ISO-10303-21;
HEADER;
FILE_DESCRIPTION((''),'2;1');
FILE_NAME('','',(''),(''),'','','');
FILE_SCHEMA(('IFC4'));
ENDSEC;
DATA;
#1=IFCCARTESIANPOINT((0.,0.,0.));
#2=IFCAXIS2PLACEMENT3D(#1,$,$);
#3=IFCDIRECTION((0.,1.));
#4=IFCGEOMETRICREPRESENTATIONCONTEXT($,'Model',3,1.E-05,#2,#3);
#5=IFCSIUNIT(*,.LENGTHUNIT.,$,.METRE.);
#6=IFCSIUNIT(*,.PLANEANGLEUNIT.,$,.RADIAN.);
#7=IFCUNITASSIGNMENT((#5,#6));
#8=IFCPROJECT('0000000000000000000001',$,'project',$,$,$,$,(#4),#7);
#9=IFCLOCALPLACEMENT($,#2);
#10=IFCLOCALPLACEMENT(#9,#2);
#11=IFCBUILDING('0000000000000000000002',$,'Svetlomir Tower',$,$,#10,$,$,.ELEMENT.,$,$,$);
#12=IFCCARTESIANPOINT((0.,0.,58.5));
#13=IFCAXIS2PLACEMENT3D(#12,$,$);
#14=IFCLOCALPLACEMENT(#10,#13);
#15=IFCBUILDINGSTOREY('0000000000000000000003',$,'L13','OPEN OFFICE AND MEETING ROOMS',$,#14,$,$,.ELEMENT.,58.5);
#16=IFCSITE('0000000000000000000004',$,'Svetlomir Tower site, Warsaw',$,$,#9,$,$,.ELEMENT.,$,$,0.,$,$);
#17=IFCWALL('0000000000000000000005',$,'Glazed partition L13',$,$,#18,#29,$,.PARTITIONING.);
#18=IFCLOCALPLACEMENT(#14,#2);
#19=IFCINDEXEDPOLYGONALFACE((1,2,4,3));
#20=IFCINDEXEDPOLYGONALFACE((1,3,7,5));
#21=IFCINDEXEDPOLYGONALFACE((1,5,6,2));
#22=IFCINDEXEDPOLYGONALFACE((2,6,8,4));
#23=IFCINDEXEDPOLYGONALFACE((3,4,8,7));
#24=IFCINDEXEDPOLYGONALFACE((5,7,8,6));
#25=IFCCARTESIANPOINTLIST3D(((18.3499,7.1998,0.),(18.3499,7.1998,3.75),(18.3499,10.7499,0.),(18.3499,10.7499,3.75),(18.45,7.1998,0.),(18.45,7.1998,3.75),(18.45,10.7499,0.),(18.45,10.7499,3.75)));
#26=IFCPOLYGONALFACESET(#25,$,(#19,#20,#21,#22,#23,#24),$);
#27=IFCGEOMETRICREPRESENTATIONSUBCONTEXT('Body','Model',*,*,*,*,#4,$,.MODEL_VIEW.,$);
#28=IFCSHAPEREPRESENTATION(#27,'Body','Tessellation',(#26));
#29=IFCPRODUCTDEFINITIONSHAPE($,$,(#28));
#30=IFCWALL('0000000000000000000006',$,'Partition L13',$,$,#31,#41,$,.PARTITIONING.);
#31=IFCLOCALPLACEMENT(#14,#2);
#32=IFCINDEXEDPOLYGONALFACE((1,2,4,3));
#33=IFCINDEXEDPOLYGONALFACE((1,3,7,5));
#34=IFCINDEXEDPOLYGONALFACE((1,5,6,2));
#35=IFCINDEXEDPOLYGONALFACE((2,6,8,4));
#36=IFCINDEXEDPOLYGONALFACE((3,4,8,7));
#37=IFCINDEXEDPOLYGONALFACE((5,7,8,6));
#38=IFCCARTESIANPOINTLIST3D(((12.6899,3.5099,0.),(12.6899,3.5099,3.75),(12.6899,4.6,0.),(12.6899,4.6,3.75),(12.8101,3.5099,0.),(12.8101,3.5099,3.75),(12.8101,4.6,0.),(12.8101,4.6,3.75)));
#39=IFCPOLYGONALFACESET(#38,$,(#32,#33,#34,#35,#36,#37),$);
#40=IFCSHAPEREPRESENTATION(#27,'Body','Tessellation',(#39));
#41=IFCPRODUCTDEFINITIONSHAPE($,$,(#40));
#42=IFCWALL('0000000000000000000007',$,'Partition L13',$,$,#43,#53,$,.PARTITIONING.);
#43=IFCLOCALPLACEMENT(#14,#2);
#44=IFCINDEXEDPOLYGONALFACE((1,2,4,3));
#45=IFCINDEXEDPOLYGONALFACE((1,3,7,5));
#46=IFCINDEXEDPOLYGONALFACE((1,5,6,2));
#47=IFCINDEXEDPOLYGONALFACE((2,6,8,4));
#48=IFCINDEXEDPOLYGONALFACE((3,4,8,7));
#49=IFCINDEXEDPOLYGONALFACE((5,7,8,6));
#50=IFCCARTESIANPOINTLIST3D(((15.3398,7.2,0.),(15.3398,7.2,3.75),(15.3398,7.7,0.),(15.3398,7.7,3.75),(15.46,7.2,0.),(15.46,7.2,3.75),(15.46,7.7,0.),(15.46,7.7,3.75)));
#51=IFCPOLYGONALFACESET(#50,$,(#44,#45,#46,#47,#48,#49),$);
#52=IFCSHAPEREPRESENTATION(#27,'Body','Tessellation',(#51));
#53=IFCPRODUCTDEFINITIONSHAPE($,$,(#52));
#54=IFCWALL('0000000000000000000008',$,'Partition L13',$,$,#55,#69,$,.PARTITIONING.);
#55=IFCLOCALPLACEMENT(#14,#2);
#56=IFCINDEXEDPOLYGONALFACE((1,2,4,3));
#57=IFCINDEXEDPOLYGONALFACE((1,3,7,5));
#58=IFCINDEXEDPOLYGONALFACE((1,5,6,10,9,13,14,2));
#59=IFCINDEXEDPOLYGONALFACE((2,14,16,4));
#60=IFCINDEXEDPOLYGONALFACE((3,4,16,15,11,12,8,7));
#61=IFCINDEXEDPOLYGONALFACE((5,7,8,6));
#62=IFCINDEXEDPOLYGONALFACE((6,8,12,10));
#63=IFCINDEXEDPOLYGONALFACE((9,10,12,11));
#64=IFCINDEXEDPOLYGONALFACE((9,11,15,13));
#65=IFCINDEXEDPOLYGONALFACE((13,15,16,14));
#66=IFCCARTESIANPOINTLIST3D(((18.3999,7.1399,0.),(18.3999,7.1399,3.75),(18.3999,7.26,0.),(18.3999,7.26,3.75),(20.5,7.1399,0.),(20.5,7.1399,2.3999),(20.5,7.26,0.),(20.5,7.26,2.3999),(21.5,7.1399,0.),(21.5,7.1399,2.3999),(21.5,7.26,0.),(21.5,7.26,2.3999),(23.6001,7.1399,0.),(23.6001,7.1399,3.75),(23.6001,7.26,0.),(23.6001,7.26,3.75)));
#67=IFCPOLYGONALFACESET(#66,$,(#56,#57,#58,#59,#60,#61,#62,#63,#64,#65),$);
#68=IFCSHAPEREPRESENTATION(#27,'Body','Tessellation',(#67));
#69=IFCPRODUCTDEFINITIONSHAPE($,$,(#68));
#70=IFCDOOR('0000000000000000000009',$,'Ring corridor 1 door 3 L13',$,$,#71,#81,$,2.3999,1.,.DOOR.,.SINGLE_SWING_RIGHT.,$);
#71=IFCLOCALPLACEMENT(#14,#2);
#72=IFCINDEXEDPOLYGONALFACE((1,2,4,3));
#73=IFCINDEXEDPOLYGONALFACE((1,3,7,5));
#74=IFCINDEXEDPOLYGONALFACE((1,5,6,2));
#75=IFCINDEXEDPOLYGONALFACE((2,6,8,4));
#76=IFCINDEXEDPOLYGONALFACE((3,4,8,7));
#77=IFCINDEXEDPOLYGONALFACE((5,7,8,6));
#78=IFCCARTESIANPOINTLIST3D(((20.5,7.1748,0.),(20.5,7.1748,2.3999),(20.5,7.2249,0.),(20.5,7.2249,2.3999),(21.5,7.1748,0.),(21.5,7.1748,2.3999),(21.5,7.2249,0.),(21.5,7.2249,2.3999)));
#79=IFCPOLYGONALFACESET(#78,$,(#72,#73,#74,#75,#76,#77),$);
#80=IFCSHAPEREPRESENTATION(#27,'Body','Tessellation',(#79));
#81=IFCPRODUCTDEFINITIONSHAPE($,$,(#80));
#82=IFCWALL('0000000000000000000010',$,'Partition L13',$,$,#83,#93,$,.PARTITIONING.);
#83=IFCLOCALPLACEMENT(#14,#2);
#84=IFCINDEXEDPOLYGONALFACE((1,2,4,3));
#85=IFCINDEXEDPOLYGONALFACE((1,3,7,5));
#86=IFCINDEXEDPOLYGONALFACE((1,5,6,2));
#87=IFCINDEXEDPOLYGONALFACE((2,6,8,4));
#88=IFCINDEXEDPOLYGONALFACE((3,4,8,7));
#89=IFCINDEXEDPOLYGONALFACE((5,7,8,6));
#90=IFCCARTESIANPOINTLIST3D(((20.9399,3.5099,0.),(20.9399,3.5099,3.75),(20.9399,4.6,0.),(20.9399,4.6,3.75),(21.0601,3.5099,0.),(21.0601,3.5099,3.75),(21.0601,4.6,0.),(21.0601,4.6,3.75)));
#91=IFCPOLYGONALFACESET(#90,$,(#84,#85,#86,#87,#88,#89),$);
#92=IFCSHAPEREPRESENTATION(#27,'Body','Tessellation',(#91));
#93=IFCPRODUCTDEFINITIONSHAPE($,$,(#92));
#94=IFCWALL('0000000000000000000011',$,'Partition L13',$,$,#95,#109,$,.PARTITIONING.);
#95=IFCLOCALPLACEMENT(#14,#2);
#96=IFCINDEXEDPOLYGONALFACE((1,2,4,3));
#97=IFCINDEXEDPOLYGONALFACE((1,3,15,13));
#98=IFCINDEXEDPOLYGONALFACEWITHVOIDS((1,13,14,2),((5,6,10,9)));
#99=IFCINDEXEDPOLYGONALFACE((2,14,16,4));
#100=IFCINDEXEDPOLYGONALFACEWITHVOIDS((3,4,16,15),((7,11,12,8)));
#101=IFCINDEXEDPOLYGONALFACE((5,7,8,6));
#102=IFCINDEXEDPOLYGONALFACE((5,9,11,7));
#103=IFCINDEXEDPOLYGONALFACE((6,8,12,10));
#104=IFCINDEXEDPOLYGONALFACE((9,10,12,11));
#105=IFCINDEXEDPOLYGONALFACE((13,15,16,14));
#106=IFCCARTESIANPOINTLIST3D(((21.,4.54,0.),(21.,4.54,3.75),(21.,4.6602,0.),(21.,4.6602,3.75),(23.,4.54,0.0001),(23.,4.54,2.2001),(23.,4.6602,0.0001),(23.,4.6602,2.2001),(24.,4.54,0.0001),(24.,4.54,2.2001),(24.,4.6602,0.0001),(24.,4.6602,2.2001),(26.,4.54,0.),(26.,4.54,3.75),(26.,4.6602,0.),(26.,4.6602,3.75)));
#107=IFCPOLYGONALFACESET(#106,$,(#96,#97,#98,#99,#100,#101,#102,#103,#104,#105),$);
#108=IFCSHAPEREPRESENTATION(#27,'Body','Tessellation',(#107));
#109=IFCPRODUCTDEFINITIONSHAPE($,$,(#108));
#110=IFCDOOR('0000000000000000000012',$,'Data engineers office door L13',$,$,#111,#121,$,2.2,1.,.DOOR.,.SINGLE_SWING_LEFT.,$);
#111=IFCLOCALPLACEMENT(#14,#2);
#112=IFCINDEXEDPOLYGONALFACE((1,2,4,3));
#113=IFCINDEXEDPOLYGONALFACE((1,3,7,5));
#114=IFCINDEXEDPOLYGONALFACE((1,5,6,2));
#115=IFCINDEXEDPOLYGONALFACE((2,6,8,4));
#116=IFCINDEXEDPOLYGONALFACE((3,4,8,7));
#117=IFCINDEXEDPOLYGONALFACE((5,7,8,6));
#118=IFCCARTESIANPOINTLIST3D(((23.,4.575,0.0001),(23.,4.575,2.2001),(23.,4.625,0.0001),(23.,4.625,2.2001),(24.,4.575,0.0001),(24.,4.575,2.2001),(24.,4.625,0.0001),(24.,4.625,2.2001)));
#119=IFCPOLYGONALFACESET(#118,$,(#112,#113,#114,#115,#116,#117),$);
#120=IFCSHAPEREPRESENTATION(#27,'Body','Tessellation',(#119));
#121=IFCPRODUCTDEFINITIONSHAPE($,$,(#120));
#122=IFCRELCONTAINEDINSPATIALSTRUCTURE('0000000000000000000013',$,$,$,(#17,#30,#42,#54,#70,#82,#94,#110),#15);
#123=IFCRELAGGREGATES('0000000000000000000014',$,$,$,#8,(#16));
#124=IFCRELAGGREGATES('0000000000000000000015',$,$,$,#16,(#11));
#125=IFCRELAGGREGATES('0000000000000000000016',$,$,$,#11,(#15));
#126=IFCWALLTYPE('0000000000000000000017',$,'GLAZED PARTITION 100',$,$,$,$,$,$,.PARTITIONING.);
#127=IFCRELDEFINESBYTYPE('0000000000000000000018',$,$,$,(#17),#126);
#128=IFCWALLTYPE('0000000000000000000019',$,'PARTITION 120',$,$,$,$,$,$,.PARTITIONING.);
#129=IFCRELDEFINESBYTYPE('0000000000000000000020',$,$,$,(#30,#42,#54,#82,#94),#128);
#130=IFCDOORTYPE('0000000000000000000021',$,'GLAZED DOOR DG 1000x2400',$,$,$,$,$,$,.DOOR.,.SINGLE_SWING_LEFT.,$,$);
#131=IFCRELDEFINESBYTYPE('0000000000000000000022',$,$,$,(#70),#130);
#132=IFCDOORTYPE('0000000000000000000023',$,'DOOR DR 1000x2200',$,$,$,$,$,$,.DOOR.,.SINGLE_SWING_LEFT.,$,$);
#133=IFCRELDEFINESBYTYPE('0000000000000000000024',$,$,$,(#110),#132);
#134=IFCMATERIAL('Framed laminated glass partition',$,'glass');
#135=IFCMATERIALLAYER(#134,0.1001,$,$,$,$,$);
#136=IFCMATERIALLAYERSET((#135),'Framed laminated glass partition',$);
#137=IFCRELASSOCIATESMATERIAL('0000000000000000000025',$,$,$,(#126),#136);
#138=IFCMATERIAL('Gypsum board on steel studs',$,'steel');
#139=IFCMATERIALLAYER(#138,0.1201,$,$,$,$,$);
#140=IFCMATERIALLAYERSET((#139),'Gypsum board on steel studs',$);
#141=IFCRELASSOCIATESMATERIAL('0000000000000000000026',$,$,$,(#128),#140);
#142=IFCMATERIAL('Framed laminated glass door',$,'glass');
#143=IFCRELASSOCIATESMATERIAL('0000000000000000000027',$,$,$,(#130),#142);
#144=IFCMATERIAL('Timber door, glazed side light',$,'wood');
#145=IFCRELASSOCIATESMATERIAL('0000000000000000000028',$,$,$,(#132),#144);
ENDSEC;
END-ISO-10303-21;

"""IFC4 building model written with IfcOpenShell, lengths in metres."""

from ifc_helpers import new_model, si_unit, direction, frame, frame_2d, origin, place, context, subcontext, project, spatial, rectangle, extrude, material, layer, layer_set, type_object, element, fill, save


model = new_model("IFC4")

# Units and contexts
model_context = context("Model", 3, precision=1e-05, world=origin(), true_north=direction((0.0, 1.0)))
body_context = subcontext(model_context, "Body", "Model", "MODEL_VIEW")
ifc_project = project(units=[si_unit("LENGTHUNIT", "METRE"), si_unit("PLANEANGLEUNIT", "RADIAN")], contexts=[model_context])

# Site, building, storey
site_placement = place(None, origin())
site = spatial("IfcSite", under=ifc_project, at=site_placement, Name="Svetlomir Tower site, Warsaw", CompositionType="ELEMENT", RefElevation=0.0)
building_placement = place(site_placement, origin())
building = spatial("IfcBuilding", under=site, at=building_placement, Name="Svetlomir Tower", CompositionType="ELEMENT")
storey_placement = place(building_placement, frame((0.0, 0.0, 58.5)))
storey = spatial("IfcBuildingStorey", under=building, at=storey_placement, Name="L13", Description="OPEN OFFICE AND MEETING ROOMS", CompositionType="ELEMENT", Elevation=58.5)

# Walls
ifc_material_1 = material(Name="Framed laminated glass partition", Category="glass")
ifc_layer_1 = layer(ifc_material_1, 0.1001)
ifc_layer_set_1 = layer_set([ifc_layer_1], Name="Framed laminated glass partition")
wall_type_1 = type_object("IfcWallType", Name="GLAZED PARTITION 100", PredefinedType="PARTITIONING", material=ifc_layer_set_1)
wall_1_placement = place(storey_placement, frame((18.3999, 7.2, 0.0), z_axis=(0.0, 0.0, 1.0), x_axis=(0.0, 1.0, 0.0)))
element("IfcWall", 1, at=wall_1_placement, inside=storey, type_object=wall_type_1, Name="Glazed partition L13", PredefinedType="PARTITIONING", context=body_context, shape_type="SweptSolid", body=[
    extrude(rectangle(XDim=3.55, YDim=0.1001, at=frame_2d((1.7749, 0.0))), origin(), (0.0, 0.0, 1.0), 3.75),
])
ifc_material_2 = material(Name="Gypsum board on steel studs", Category="steel")
ifc_layer_2 = layer(ifc_material_2, 0.1201)
ifc_layer_set_2 = layer_set([ifc_layer_2], Name="Gypsum board on steel studs")
wall_type_2 = type_object("IfcWallType", Name="PARTITION 120", PredefinedType="PARTITIONING", material=ifc_layer_set_2)
wall_2_placement = place(storey_placement, frame((12.75, 3.51, 0.0), z_axis=(0.0, 0.0, 1.0), x_axis=(0.0, 1.0, 0.0)))
element("IfcWall", 2, at=wall_2_placement, inside=storey, type_object=wall_type_2, Name="Partition L13", PredefinedType="PARTITIONING", context=body_context, shape_type="SweptSolid", body=[
    extrude(rectangle(XDim=1.0901, YDim=0.1201, at=frame_2d((0.5449, 0.0))), origin(), (0.0, 0.0, 1.0), 3.75),
])
wall_3_placement = place(storey_placement, frame((15.3999, 7.2, 0.0), z_axis=(0.0, 0.0, 1.0), x_axis=(0.0, 1.0, 0.0)))
element("IfcWall", 3, at=wall_3_placement, inside=storey, type_object=wall_type_2, Name="Partition L13", PredefinedType="PARTITIONING", context=body_context, shape_type="SweptSolid", body=[
    extrude(rectangle(XDim=0.5, YDim=0.1201, at=frame_2d((0.25, 0.0))), origin(), (0.0, 0.0, 1.0), 3.75),
])

# Wall, opening, door
ifc_material_3 = material(Name="Framed laminated glass door", Category="glass")
door_type_1 = type_object("IfcDoorType", Name="GLAZED DOOR DG 1000x2400", OperationType="SINGLE_SWING_LEFT", PredefinedType="DOOR", material=ifc_material_3)
wall_4_placement = place(storey_placement, frame((18.3999, 7.2, 0.0), z_axis=(0.0, 0.0, 1.0), x_axis=(1.0, 0.0, 0.0)))
wall_4 = element("IfcWall", 4, at=wall_4_placement, inside=storey, type_object=wall_type_2, Name="Partition L13", PredefinedType="PARTITIONING", context=body_context, shape_type="SweptSolid", body=[
    extrude(rectangle(XDim=5.2002, YDim=0.1201, at=frame_2d((2.6001, 0.0))), origin(), (0.0, 0.0, 1.0), 3.75),
])
opening_1_placement = place(wall_4_placement, frame((2.1001, 0.0, 0.0)))
opening_1 = element("IfcOpeningElement", 5, at=opening_1_placement, cuts=wall_4, PredefinedType="OPENING", context=body_context, shape_type="SweptSolid", body=[
    extrude(rectangle(XDim=1.0, YDim=2.3999, at=frame_2d((0.5, 1.2))), frame((0.0, 0.0701, 0.0), z_axis=(0.0, -1.0, 0.0), x_axis=(1.0, 0.0, 0.0)), (0.0, 0.0, 1.0), 0.1401),
])
door_1_placement = place(opening_1_placement, origin())
door_1 = element("IfcDoor", 6, at=door_1_placement, inside=storey, type_object=door_type_1, Name="Ring corridor 1 door 3 L13", OperationType="SINGLE_SWING_RIGHT", OverallHeight=2.3999, OverallWidth=1.0, PredefinedType="DOOR", context=body_context, shape_type="SweptSolid", body=[
    extrude(rectangle(XDim=1.0, YDim=2.3999, at=frame_2d((0.5, 1.2))), frame((0.0, 0.0249, 0.0), z_axis=(0.0, -1.0, 0.0), x_axis=(1.0, 0.0, 0.0)), (0.0, 0.0, 1.0), 0.05),
])
fill(opening_1, door_1)

# Wall
wall_5_placement = place(storey_placement, frame((21.0, 3.51, 0.0), z_axis=(0.0, 0.0, 1.0), x_axis=(0.0, 1.0, 0.0)))
element("IfcWall", 7, at=wall_5_placement, inside=storey, type_object=wall_type_2, Name="Partition L13", PredefinedType="PARTITIONING", context=body_context, shape_type="SweptSolid", body=[
    extrude(rectangle(XDim=1.0901, YDim=0.1201, at=frame_2d((0.5449, 0.0))), origin(), (0.0, 0.0, 1.0), 3.75),
])

# Wall, opening, door
wall_6_placement = place(storey_placement, frame((21.0, 4.6001, 0.0), z_axis=(0.0, 0.0, 1.0), x_axis=(1.0, 0.0, 0.0)))
wall_6 = element("IfcWall", 8, at=wall_6_placement, inside=storey, type_object=wall_type_2, Name="Partition L13", PredefinedType="PARTITIONING", context=body_context, shape_type="SweptSolid", body=[
    extrude(rectangle(XDim=5.0, YDim=0.1201, at=frame_2d((2.5, 0.0))), origin(), (0.0, 0.0, 1.0), 3.75),
])
opening_2_placement = place(wall_6_placement, frame((2.0, 0.0, 0.0)))
opening_2 = element("IfcOpeningElement", 9, at=opening_2_placement, cuts=wall_6, PredefinedType="OPENING", context=body_context, shape_type="SweptSolid", body=[
    extrude(rectangle(XDim=1.0, YDim=2.2, at=frame_2d((0.5, 1.1001))), frame((0.0, 0.0701, 0.0), z_axis=(0.0, -1.0, 0.0), x_axis=(1.0, 0.0, 0.0)), (0.0, 0.0, 1.0), 0.1401),
])
ifc_material_4 = material(Name="Timber door, glazed side light", Category="wood")
door_type_2 = type_object("IfcDoorType", Name="DOOR DR 1000x2200", OperationType="SINGLE_SWING_LEFT", PredefinedType="DOOR", material=ifc_material_4)
door_2_placement = place(opening_2_placement, origin())
door_2 = element("IfcDoor", 10, at=door_2_placement, inside=storey, type_object=door_type_2, Name="Data engineers office door L13", OperationType="SINGLE_SWING_LEFT", OverallHeight=2.2, OverallWidth=1.0, PredefinedType="DOOR", context=body_context, shape_type="SweptSolid", body=[
    extrude(rectangle(XDim=1.0, YDim=2.2, at=frame_2d((0.5, 1.1001))), frame((0.0, 0.0249, 0.0), z_axis=(0.0, -1.0, 0.0), x_axis=(1.0, 0.0, 0.0)), (0.0, 0.0, 1.0), 0.05),
])
fill(opening_2, door_2)

save(model, "model.ifc")
